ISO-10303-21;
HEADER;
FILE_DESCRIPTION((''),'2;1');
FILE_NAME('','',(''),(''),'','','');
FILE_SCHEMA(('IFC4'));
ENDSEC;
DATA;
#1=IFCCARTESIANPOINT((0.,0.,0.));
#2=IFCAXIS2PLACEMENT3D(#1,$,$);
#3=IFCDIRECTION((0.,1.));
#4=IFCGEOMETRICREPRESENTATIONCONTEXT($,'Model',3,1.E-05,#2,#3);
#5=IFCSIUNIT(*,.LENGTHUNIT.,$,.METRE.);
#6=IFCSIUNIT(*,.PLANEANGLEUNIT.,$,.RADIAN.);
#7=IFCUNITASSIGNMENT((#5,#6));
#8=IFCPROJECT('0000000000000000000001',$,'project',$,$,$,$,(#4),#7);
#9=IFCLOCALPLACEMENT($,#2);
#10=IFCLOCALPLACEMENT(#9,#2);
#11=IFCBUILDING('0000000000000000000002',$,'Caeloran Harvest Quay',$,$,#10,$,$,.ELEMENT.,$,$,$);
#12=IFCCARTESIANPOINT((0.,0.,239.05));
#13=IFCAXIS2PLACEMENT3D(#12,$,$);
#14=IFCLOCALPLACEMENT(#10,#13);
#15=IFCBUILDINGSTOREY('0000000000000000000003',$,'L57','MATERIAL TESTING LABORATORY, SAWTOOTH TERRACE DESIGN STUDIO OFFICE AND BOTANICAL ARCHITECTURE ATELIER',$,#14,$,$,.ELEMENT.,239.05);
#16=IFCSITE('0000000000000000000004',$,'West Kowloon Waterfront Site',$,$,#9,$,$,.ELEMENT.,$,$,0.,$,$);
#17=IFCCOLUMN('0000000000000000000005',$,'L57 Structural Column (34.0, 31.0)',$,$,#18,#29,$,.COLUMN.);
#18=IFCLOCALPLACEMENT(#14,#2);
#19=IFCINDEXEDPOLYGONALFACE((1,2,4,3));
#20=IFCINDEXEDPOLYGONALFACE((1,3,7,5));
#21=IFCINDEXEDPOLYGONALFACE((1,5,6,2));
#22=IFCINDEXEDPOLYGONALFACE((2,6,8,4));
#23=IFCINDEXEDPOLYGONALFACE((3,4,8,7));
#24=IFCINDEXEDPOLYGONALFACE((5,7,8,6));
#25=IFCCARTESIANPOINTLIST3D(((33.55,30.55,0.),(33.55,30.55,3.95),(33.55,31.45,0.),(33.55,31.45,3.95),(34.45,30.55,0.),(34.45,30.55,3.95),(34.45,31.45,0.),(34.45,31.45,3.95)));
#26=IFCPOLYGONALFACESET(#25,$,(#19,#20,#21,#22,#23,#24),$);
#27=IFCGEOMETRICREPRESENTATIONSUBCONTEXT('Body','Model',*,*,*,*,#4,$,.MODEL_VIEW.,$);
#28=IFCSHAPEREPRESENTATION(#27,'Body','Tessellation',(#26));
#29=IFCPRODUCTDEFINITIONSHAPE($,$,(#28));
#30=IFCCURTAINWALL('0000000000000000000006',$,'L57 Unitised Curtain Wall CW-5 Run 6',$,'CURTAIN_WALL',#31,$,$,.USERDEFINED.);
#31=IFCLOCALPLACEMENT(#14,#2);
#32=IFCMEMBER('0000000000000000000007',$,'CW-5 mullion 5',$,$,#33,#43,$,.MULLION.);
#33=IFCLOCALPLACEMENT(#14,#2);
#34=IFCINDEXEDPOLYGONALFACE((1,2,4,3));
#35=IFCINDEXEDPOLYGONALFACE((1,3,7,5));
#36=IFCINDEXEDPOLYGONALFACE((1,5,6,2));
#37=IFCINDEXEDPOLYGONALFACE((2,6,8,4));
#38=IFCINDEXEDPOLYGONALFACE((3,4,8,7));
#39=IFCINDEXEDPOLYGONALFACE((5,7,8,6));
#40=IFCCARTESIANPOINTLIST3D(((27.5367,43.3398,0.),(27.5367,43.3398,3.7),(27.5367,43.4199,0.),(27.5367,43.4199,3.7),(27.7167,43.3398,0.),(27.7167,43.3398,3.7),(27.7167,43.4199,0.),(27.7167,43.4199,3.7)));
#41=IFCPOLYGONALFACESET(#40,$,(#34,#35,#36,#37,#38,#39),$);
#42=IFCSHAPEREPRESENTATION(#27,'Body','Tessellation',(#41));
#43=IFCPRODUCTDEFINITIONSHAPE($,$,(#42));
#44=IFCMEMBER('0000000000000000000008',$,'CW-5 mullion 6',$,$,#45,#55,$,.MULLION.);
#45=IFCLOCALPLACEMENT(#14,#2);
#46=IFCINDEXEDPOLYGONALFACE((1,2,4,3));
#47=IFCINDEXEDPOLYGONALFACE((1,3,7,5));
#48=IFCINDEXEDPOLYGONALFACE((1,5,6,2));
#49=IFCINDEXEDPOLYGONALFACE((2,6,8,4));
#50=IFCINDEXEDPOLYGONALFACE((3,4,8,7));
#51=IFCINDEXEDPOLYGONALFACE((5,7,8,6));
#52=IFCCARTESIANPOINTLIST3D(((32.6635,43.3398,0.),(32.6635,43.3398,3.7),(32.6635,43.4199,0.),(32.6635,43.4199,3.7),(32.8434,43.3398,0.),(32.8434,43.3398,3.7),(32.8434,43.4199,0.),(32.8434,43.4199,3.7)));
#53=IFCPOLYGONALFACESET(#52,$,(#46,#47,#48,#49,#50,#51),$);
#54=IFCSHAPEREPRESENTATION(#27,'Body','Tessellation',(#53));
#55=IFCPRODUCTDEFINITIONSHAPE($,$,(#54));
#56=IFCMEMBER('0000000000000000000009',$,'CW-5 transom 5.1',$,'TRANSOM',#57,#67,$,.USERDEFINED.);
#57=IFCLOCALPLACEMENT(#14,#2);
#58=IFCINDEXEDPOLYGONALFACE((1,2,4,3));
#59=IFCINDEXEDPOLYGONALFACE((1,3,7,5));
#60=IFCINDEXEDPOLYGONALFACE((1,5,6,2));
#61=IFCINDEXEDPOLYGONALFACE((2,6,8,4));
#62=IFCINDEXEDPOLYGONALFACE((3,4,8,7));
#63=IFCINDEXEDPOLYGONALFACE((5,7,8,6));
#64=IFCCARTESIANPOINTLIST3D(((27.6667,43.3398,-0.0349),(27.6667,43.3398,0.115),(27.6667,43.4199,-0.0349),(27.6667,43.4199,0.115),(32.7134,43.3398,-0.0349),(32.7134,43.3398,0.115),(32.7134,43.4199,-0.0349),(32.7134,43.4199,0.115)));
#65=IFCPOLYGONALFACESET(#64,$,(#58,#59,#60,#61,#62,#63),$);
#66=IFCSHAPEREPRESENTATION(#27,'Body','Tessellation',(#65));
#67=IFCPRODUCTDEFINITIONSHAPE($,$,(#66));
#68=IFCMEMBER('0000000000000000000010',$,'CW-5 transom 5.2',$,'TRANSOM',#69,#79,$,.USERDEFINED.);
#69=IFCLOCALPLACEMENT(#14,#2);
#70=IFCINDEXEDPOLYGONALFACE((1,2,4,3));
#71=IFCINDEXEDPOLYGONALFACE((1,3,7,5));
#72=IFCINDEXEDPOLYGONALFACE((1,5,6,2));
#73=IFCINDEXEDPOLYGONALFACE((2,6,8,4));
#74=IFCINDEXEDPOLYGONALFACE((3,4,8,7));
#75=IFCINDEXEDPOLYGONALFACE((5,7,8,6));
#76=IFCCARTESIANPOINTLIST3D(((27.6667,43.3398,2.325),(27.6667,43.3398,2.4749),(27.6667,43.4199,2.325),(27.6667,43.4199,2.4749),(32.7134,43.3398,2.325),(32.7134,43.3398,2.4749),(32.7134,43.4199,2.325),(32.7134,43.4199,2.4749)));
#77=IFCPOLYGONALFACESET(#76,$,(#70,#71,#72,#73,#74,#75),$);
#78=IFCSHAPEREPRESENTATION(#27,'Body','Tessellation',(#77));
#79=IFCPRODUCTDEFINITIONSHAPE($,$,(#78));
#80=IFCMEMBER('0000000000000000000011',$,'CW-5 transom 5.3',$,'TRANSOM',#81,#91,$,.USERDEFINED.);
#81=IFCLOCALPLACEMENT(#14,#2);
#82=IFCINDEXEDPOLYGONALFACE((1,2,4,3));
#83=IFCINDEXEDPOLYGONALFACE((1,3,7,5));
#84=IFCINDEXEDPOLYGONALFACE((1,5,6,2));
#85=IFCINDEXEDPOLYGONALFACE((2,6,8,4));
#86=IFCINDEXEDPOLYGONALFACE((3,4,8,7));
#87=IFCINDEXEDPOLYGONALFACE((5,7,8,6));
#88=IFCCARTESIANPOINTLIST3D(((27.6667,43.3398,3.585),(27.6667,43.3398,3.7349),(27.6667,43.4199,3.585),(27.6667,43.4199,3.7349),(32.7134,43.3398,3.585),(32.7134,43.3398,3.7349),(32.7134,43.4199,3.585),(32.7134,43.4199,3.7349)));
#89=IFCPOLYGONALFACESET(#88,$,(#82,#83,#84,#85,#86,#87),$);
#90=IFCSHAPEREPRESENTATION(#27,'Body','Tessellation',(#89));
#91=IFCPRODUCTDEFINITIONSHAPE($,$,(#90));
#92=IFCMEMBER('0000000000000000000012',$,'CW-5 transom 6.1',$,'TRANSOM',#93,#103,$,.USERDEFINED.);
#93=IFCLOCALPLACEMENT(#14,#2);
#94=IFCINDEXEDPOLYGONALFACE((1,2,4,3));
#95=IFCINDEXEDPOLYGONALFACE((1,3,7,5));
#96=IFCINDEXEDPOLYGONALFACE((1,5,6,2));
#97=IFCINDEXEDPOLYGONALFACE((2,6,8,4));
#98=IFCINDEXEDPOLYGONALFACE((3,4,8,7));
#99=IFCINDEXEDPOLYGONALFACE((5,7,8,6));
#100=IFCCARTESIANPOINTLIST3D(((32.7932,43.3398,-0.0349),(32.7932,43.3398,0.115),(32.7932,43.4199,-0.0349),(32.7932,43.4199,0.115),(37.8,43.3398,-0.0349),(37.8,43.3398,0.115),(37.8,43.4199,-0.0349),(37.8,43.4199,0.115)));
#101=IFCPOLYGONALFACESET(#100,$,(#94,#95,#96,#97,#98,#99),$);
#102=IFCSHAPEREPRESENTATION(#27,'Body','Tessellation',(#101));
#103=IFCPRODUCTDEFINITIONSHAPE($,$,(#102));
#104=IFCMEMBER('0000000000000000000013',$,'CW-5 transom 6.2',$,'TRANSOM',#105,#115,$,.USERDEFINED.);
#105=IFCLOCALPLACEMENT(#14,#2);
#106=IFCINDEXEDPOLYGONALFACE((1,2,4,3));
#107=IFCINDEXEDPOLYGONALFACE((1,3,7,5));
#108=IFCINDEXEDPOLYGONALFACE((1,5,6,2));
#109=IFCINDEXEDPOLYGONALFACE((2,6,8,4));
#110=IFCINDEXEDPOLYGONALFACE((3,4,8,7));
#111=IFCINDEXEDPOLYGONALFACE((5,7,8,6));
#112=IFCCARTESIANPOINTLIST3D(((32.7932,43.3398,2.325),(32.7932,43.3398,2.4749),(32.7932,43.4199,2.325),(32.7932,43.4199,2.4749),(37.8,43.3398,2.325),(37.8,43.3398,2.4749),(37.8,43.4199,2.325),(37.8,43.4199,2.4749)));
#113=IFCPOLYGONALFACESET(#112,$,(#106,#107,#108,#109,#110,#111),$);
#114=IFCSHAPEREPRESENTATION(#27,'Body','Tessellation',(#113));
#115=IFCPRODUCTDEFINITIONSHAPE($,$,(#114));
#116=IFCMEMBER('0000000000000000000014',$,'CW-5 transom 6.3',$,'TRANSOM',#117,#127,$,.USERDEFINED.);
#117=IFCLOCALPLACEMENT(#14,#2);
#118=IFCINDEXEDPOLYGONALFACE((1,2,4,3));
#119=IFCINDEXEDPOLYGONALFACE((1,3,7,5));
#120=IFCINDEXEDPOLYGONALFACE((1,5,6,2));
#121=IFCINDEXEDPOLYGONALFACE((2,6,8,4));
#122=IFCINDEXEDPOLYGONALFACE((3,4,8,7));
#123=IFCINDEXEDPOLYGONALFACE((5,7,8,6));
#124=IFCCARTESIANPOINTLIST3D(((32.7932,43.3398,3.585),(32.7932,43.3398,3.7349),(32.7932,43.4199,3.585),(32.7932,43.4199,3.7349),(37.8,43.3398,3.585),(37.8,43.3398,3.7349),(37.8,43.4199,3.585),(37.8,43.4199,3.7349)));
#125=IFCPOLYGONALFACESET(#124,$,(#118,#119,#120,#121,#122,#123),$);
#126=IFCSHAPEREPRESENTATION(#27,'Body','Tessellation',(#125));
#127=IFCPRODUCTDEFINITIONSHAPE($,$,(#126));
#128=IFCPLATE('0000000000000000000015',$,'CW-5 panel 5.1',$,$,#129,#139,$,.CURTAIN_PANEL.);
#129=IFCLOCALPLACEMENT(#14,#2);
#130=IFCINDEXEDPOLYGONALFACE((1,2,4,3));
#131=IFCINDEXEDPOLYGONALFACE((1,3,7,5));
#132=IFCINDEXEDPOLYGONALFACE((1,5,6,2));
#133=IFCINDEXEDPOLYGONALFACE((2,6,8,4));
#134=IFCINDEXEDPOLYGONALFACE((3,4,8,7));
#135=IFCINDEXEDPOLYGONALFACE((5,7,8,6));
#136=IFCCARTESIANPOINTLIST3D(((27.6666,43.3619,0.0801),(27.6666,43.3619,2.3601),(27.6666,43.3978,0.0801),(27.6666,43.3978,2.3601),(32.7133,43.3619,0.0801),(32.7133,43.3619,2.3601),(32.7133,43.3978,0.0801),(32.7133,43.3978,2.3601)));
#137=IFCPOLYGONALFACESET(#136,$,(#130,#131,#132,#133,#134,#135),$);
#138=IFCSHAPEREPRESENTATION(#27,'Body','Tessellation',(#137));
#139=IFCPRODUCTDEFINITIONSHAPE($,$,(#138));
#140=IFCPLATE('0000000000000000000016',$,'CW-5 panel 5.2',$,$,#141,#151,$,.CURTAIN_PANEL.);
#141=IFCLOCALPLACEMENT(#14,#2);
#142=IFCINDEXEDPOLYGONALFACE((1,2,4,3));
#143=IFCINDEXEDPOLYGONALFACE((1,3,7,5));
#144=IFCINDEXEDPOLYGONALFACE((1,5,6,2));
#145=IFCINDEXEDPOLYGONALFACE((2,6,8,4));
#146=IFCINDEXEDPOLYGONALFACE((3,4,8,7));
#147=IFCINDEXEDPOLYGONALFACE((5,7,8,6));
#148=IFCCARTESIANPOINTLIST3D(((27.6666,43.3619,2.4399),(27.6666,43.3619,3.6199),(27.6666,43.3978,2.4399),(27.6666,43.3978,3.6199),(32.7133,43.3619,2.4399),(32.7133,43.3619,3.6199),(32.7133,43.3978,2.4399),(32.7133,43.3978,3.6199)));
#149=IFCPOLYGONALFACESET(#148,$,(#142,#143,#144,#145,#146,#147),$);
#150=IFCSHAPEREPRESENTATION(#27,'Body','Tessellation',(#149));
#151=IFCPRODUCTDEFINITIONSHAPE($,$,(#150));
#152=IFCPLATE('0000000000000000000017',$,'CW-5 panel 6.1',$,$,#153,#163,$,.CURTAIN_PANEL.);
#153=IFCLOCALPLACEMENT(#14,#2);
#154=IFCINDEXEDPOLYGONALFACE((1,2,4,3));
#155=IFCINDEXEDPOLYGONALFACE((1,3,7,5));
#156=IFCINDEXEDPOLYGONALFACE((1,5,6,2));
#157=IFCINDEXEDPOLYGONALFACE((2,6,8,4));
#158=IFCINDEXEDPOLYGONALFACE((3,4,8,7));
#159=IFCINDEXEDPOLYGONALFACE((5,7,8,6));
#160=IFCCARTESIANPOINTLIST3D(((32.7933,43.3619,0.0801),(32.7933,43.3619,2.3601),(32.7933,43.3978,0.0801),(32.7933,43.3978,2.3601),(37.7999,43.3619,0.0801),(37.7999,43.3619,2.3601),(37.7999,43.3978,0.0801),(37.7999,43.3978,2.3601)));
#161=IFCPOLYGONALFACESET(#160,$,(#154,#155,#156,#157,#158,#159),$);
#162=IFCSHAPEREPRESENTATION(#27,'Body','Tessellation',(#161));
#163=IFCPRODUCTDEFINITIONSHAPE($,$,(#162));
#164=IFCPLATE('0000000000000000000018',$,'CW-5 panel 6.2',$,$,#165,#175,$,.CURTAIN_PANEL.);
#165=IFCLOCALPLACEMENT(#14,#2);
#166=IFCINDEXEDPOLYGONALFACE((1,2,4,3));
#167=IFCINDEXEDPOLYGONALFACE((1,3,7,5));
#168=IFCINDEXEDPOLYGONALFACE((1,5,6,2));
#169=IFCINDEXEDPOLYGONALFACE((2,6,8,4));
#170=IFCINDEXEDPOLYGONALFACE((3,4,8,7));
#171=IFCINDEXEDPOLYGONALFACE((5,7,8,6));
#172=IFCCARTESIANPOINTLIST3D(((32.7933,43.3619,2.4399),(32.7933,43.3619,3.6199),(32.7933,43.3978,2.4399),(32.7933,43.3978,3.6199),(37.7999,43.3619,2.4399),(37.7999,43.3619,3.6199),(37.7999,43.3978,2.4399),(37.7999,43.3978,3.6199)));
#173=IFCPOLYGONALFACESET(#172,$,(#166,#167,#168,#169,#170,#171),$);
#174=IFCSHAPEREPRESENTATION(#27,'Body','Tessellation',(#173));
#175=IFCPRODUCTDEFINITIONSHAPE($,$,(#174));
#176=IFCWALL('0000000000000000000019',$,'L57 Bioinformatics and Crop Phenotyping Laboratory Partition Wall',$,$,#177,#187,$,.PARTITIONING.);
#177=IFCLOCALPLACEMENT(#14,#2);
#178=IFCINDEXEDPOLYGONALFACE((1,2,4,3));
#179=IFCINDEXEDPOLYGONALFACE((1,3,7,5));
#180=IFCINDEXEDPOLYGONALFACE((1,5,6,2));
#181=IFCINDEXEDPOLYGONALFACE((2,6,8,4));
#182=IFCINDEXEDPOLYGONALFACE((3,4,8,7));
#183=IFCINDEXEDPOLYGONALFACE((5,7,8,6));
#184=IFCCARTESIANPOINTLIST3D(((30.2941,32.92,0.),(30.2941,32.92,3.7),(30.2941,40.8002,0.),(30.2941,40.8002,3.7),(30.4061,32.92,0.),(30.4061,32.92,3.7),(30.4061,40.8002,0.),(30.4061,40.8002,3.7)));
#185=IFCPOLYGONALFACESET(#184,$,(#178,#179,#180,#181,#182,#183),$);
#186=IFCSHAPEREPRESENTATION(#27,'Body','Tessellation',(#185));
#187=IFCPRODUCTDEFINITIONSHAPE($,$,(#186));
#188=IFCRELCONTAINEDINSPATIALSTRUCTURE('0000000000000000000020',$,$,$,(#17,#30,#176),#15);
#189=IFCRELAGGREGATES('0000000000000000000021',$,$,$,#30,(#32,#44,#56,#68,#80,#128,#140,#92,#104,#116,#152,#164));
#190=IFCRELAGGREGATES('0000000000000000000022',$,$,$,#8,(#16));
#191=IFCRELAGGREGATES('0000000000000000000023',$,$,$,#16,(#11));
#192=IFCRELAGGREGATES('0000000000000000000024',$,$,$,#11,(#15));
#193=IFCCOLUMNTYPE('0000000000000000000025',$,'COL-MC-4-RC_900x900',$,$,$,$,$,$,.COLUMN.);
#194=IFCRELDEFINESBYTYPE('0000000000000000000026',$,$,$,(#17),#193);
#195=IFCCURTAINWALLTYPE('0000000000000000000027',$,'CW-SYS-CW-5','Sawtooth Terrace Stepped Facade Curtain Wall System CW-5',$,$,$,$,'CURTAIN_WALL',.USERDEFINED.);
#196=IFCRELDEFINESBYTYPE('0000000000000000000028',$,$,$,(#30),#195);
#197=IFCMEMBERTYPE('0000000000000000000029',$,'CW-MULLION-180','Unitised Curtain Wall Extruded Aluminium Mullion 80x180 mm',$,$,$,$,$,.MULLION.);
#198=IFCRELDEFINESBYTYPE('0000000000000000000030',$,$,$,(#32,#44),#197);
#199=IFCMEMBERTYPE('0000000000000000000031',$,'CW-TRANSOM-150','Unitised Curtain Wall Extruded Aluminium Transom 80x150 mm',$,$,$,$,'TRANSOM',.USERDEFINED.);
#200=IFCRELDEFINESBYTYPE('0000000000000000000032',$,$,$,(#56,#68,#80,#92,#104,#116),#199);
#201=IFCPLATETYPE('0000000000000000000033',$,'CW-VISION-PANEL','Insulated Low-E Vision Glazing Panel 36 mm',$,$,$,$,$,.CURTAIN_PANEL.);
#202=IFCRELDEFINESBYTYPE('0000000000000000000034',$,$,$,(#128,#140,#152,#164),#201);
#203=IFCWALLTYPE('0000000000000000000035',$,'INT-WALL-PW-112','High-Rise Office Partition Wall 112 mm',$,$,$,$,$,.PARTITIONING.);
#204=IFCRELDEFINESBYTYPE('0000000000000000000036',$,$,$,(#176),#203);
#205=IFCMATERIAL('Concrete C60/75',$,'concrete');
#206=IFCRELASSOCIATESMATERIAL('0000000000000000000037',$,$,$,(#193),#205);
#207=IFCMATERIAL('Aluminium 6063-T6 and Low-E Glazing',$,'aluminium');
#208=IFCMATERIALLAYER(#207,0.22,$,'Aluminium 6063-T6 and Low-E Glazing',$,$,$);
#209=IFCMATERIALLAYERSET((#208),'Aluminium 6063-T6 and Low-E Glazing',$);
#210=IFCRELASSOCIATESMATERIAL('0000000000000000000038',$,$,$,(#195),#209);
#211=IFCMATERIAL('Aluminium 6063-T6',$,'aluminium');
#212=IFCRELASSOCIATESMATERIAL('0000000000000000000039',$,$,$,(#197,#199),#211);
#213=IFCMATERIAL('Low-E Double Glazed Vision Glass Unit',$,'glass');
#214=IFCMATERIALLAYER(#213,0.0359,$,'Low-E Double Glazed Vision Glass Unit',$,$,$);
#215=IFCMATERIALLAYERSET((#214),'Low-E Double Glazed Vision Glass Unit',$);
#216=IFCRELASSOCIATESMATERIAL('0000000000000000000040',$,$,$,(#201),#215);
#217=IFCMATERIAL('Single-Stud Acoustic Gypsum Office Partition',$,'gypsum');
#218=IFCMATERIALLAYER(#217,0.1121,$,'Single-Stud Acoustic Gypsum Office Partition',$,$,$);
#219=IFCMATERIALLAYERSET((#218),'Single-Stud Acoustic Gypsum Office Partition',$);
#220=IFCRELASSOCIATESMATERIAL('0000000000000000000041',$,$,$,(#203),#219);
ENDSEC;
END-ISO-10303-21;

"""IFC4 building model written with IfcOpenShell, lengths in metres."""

from ifc_helpers import new_model, si_unit, direction, frame, frame_2d, origin, origin_2d, place, context, subcontext, project, spatial, rectangle, extrude, material, layer, layer_set, material_profile, profile_set, type_object, element, aggregate, save


model = new_model("IFC4")

# Units and contexts
model_context = context("Model", 3, precision=1e-05, world=origin(), true_north=direction((0.0, 1.0)))
body_context = subcontext(model_context, "Body", "Model", "MODEL_VIEW")
ifc_project = project(units=[si_unit("LENGTHUNIT", "METRE"), si_unit("PLANEANGLEUNIT", "RADIAN")], contexts=[model_context])

# Site, building, storey
site_placement = place(None, origin())
site = spatial("IfcSite", under=ifc_project, at=site_placement, Name="West Kowloon Waterfront Site", CompositionType="ELEMENT", RefElevation=0.0)
building_placement = place(site_placement, origin())
building = spatial("IfcBuilding", under=site, at=building_placement, Name="Caeloran Harvest Quay", CompositionType="ELEMENT")
storey_placement = place(building_placement, frame((0.0, 0.0, 239.05)))
storey = spatial("IfcBuildingStorey", under=building, at=storey_placement, Name="L57", Description="MATERIAL TESTING LABORATORY, SAWTOOTH TERRACE DESIGN STUDIO OFFICE AND BOTANICAL ARCHITECTURE ATELIER", CompositionType="ELEMENT", Elevation=239.05)

# Column
ifc_material_1 = material(Name="Concrete C60/75", Category="concrete")
ifc_material_profile_1 = material_profile(ifc_material_1, rectangle(XDim=0.8999, YDim=0.8999, at=origin_2d()), Name="RC 900x900")
ifc_profile_set_1 = profile_set([ifc_material_profile_1], Name="Concrete C60/75")
column_type = type_object("IfcColumnType", Name="COL-MC-4-RC_900x900", PredefinedType="COLUMN", material=ifc_profile_set_1)
column_placement = place(storey_placement, frame((34.0, 31.0, 0.0), z_axis=(0.0, 0.0, 1.0), x_axis=(1.0, 0.0, 0.0)))
element("IfcColumn", 1, at=column_placement, inside=storey, type_object=column_type, Name="L57 Structural Column (34.0, 31.0)", PredefinedType="COLUMN", context=body_context, shape_type="SweptSolid", body=[
    extrude(rectangle(XDim=0.8999, YDim=0.8999, at=origin_2d()), origin(), (0.0, 0.0, 1.0), 3.95),
])

# Curtain wall, members, plates
ifc_material_2 = material(Name="Aluminium 6063-T6 and Low-E Glazing", Category="aluminium")
ifc_layer_1 = layer(ifc_material_2, 0.22, Name="Aluminium 6063-T6 and Low-E Glazing")
ifc_layer_set_1 = layer_set([ifc_layer_1], Name="Aluminium 6063-T6 and Low-E Glazing")
curtain_wall_type = type_object("IfcCurtainWallType", Name="CW-SYS-CW-5", Description="Sawtooth Terrace Stepped Facade Curtain Wall System CW-5", ElementType="CURTAIN_WALL", PredefinedType="USERDEFINED", material=ifc_layer_set_1)
curtain_wall_placement = place(storey_placement, origin())
curtain_wall = element("IfcCurtainWall", 2, at=curtain_wall_placement, inside=storey, type_object=curtain_wall_type, Name="L57 Unitised Curtain Wall CW-5 Run 6", ObjectType="CURTAIN_WALL", PredefinedType="USERDEFINED")
ifc_material_3 = material(Name="Aluminium 6063-T6", Category="aluminium")
ifc_material_profile_2 = material_profile(ifc_material_3, rectangle(XDim=0.0801, YDim=0.1799, at=origin_2d()), Name="CW-MULLION-180")
ifc_profile_set_2 = profile_set([ifc_material_profile_2], Name="Aluminium 6063-T6")
member_type_1 = type_object("IfcMemberType", Name="CW-MULLION-180", Description="Unitised Curtain Wall Extruded Aluminium Mullion 80x180 mm", PredefinedType="MULLION", material=ifc_profile_set_2)
member_1_placement = place(storey_placement, frame((27.6267, 43.3799, 0.0), z_axis=(0.0, 0.0, 1.0), x_axis=(0.0, 1.0, 0.0)))
member_1 = element("IfcMember", 3, at=member_1_placement, type_object=member_type_1, Name="CW-5 mullion 5", PredefinedType="MULLION", context=body_context, shape_type="SweptSolid", body=[
    extrude(rectangle(XDim=0.0801, YDim=0.1799, at=origin_2d()), origin(), (0.0, 0.0, 1.0), 3.7),
])
member_2_placement = place(storey_placement, frame((32.7534, 43.3799, 0.0), z_axis=(0.0, 0.0, 1.0), x_axis=(0.0, 1.0, 0.0)))
member_2 = element("IfcMember", 4, at=member_2_placement, type_object=member_type_1, Name="CW-5 mullion 6", PredefinedType="MULLION", context=body_context, shape_type="SweptSolid", body=[
    extrude(rectangle(XDim=0.0801, YDim=0.1799, at=origin_2d()), origin(), (0.0, 0.0, 1.0), 3.7),
])
ifc_material_profile_3 = material_profile(ifc_material_3, rectangle(XDim=0.0801, YDim=0.1499, at=origin_2d()), Name="CW-TRANSOM-150")
ifc_profile_set_3 = profile_set([ifc_material_profile_3], Name="Aluminium 6063-T6")
member_type_2 = type_object("IfcMemberType", Name="CW-TRANSOM-150", Description="Unitised Curtain Wall Extruded Aluminium Transom 80x150 mm", ElementType="TRANSOM", PredefinedType="USERDEFINED", material=ifc_profile_set_3)
member_3_placement = place(storey_placement, frame((27.6667, 43.3799, 0.04), z_axis=(1.0, 0.0, 0.0), x_axis=(0.0, 1.0, 0.0)))
member_3 = element("IfcMember", 5, at=member_3_placement, type_object=member_type_2, Name="CW-5 transom 5.1", ObjectType="TRANSOM", PredefinedType="USERDEFINED", context=body_context, shape_type="SweptSolid", body=[
    extrude(rectangle(XDim=0.0801, YDim=0.1499, at=origin_2d()), origin(), (0.0, 0.0, 1.0), 5.0466),
])
member_4_placement = place(storey_placement, frame((27.6667, 43.3799, 2.3999), z_axis=(1.0, 0.0, 0.0), x_axis=(0.0, 1.0, 0.0)))
member_4 = element("IfcMember", 6, at=member_4_placement, type_object=member_type_2, Name="CW-5 transom 5.2", ObjectType="TRANSOM", PredefinedType="USERDEFINED", context=body_context, shape_type="SweptSolid", body=[
    extrude(rectangle(XDim=0.0801, YDim=0.1499, at=origin_2d()), origin(), (0.0, 0.0, 1.0), 5.0466),
])
member_5_placement = place(storey_placement, frame((27.6667, 43.3799, 3.6599), z_axis=(1.0, 0.0, 0.0), x_axis=(0.0, 1.0, 0.0)))
member_5 = element("IfcMember", 7, at=member_5_placement, type_object=member_type_2, Name="CW-5 transom 5.3", ObjectType="TRANSOM", PredefinedType="USERDEFINED", context=body_context, shape_type="SweptSolid", body=[
    extrude(rectangle(XDim=0.0801, YDim=0.1499, at=origin_2d()), origin(), (0.0, 0.0, 1.0), 5.0466),
])
member_6_placement = place(storey_placement, frame((32.7932, 43.3799, 0.04), z_axis=(1.0, 0.0, 0.0), x_axis=(0.0, 1.0, 0.0)))
member_6 = element("IfcMember", 8, at=member_6_placement, type_object=member_type_2, Name="CW-5 transom 6.1", ObjectType="TRANSOM", PredefinedType="USERDEFINED", context=body_context, shape_type="SweptSolid", body=[
    extrude(rectangle(XDim=0.0801, YDim=0.1499, at=origin_2d()), origin(), (0.0, 0.0, 1.0), 5.0068),
])
member_7_placement = place(storey_placement, frame((32.7932, 43.3799, 2.3999), z_axis=(1.0, 0.0, 0.0), x_axis=(0.0, 1.0, 0.0)))
member_7 = element("IfcMember", 9, at=member_7_placement, type_object=member_type_2, Name="CW-5 transom 6.2", ObjectType="TRANSOM", PredefinedType="USERDEFINED", context=body_context, shape_type="SweptSolid", body=[
    extrude(rectangle(XDim=0.0801, YDim=0.1499, at=origin_2d()), origin(), (0.0, 0.0, 1.0), 5.0068),
])
member_8_placement = place(storey_placement, frame((32.7932, 43.3799, 3.6599), z_axis=(1.0, 0.0, 0.0), x_axis=(0.0, 1.0, 0.0)))
member_8 = element("IfcMember", 10, at=member_8_placement, type_object=member_type_2, Name="CW-5 transom 6.3", ObjectType="TRANSOM", PredefinedType="USERDEFINED", context=body_context, shape_type="SweptSolid", body=[
    extrude(rectangle(XDim=0.0801, YDim=0.1499, at=origin_2d()), origin(), (0.0, 0.0, 1.0), 5.0068),
])
ifc_material_4 = material(Name="Low-E Double Glazed Vision Glass Unit", Category="glass")
ifc_layer_2 = layer(ifc_material_4, 0.0359, Name="Low-E Double Glazed Vision Glass Unit")
ifc_layer_set_2 = layer_set([ifc_layer_2], Name="Low-E Double Glazed Vision Glass Unit")
plate_type = type_object("IfcPlateType", Name="CW-VISION-PANEL", Description="Insulated Low-E Vision Glazing Panel 36 mm", PredefinedType="CURTAIN_PANEL", material=ifc_layer_set_2)
plate_1_placement = place(storey_placement, frame((30.1899, 43.3799, 0.0801), z_axis=(0.0, 0.0, 1.0), x_axis=(1.0, 0.0, 0.0)))
plate_1 = element("IfcPlate", 11, at=plate_1_placement, type_object=plate_type, Name="CW-5 panel 5.1", PredefinedType="CURTAIN_PANEL", context=body_context, shape_type="SweptSolid", body=[
    extrude(rectangle(XDim=5.0466, YDim=0.0359, at=origin_2d()), origin(), (0.0, 0.0, 1.0), 2.28),
])
plate_2_placement = place(storey_placement, frame((30.1899, 43.3799, 2.4399), z_axis=(0.0, 0.0, 1.0), x_axis=(1.0, 0.0, 0.0)))
plate_2 = element("IfcPlate", 12, at=plate_2_placement, type_object=plate_type, Name="CW-5 panel 5.2", PredefinedType="CURTAIN_PANEL", context=body_context, shape_type="SweptSolid", body=[
    extrude(rectangle(XDim=5.0466, YDim=0.0359, at=origin_2d()), origin(), (0.0, 0.0, 1.0), 1.1799),
])
plate_3_placement = place(storey_placement, frame((35.2966, 43.3799, 0.0801), z_axis=(0.0, 0.0, 1.0), x_axis=(1.0, 0.0, 0.0)))
plate_3 = element("IfcPlate", 13, at=plate_3_placement, type_object=plate_type, Name="CW-5 panel 6.1", PredefinedType="CURTAIN_PANEL", context=body_context, shape_type="SweptSolid", body=[
    extrude(rectangle(XDim=5.0066, YDim=0.0359, at=origin_2d()), origin(), (0.0, 0.0, 1.0), 2.28),
])
plate_4_placement = place(storey_placement, frame((35.2966, 43.3799, 2.4399), z_axis=(0.0, 0.0, 1.0), x_axis=(1.0, 0.0, 0.0)))
plate_4 = element("IfcPlate", 14, at=plate_4_placement, type_object=plate_type, Name="CW-5 panel 6.2", PredefinedType="CURTAIN_PANEL", context=body_context, shape_type="SweptSolid", body=[
    extrude(rectangle(XDim=5.0066, YDim=0.0359, at=origin_2d()), origin(), (0.0, 0.0, 1.0), 1.1799),
])
aggregate(curtain_wall, [member_1, member_2, member_3, member_4, member_5, plate_1, plate_2, member_6, member_7, member_8, plate_3, plate_4])

# Wall
ifc_material_5 = material(Name="Single-Stud Acoustic Gypsum Office Partition", Category="gypsum")
ifc_layer_3 = layer(ifc_material_5, 0.1121, Name="Single-Stud Acoustic Gypsum Office Partition")
ifc_layer_set_3 = layer_set([ifc_layer_3], Name="Single-Stud Acoustic Gypsum Office Partition")
wall_type = type_object("IfcWallType", Name="INT-WALL-PW-112", Description="High-Rise Office Partition Wall 112 mm", PredefinedType="PARTITIONING", material=ifc_layer_set_3)
wall_1_placement = place(storey_placement, frame((30.3501, 40.8, 0.0), z_axis=(0.0, 0.0, 1.0), x_axis=(0.0, -1.0, 0.0)))
element("IfcWall", 15, at=wall_1_placement, inside=storey, type_object=wall_type, Name="L57 Bioinformatics and Crop Phenotyping Laboratory Partition Wall", PredefinedType="PARTITIONING", context=body_context, shape_type="SweptSolid", body=[
    extrude(rectangle(XDim=7.8801, YDim=0.1121, at=frame_2d((3.9399, 0.0))), origin(), (0.0, 0.0, 1.0), 3.7),
])

save(model, "model.ifc")
